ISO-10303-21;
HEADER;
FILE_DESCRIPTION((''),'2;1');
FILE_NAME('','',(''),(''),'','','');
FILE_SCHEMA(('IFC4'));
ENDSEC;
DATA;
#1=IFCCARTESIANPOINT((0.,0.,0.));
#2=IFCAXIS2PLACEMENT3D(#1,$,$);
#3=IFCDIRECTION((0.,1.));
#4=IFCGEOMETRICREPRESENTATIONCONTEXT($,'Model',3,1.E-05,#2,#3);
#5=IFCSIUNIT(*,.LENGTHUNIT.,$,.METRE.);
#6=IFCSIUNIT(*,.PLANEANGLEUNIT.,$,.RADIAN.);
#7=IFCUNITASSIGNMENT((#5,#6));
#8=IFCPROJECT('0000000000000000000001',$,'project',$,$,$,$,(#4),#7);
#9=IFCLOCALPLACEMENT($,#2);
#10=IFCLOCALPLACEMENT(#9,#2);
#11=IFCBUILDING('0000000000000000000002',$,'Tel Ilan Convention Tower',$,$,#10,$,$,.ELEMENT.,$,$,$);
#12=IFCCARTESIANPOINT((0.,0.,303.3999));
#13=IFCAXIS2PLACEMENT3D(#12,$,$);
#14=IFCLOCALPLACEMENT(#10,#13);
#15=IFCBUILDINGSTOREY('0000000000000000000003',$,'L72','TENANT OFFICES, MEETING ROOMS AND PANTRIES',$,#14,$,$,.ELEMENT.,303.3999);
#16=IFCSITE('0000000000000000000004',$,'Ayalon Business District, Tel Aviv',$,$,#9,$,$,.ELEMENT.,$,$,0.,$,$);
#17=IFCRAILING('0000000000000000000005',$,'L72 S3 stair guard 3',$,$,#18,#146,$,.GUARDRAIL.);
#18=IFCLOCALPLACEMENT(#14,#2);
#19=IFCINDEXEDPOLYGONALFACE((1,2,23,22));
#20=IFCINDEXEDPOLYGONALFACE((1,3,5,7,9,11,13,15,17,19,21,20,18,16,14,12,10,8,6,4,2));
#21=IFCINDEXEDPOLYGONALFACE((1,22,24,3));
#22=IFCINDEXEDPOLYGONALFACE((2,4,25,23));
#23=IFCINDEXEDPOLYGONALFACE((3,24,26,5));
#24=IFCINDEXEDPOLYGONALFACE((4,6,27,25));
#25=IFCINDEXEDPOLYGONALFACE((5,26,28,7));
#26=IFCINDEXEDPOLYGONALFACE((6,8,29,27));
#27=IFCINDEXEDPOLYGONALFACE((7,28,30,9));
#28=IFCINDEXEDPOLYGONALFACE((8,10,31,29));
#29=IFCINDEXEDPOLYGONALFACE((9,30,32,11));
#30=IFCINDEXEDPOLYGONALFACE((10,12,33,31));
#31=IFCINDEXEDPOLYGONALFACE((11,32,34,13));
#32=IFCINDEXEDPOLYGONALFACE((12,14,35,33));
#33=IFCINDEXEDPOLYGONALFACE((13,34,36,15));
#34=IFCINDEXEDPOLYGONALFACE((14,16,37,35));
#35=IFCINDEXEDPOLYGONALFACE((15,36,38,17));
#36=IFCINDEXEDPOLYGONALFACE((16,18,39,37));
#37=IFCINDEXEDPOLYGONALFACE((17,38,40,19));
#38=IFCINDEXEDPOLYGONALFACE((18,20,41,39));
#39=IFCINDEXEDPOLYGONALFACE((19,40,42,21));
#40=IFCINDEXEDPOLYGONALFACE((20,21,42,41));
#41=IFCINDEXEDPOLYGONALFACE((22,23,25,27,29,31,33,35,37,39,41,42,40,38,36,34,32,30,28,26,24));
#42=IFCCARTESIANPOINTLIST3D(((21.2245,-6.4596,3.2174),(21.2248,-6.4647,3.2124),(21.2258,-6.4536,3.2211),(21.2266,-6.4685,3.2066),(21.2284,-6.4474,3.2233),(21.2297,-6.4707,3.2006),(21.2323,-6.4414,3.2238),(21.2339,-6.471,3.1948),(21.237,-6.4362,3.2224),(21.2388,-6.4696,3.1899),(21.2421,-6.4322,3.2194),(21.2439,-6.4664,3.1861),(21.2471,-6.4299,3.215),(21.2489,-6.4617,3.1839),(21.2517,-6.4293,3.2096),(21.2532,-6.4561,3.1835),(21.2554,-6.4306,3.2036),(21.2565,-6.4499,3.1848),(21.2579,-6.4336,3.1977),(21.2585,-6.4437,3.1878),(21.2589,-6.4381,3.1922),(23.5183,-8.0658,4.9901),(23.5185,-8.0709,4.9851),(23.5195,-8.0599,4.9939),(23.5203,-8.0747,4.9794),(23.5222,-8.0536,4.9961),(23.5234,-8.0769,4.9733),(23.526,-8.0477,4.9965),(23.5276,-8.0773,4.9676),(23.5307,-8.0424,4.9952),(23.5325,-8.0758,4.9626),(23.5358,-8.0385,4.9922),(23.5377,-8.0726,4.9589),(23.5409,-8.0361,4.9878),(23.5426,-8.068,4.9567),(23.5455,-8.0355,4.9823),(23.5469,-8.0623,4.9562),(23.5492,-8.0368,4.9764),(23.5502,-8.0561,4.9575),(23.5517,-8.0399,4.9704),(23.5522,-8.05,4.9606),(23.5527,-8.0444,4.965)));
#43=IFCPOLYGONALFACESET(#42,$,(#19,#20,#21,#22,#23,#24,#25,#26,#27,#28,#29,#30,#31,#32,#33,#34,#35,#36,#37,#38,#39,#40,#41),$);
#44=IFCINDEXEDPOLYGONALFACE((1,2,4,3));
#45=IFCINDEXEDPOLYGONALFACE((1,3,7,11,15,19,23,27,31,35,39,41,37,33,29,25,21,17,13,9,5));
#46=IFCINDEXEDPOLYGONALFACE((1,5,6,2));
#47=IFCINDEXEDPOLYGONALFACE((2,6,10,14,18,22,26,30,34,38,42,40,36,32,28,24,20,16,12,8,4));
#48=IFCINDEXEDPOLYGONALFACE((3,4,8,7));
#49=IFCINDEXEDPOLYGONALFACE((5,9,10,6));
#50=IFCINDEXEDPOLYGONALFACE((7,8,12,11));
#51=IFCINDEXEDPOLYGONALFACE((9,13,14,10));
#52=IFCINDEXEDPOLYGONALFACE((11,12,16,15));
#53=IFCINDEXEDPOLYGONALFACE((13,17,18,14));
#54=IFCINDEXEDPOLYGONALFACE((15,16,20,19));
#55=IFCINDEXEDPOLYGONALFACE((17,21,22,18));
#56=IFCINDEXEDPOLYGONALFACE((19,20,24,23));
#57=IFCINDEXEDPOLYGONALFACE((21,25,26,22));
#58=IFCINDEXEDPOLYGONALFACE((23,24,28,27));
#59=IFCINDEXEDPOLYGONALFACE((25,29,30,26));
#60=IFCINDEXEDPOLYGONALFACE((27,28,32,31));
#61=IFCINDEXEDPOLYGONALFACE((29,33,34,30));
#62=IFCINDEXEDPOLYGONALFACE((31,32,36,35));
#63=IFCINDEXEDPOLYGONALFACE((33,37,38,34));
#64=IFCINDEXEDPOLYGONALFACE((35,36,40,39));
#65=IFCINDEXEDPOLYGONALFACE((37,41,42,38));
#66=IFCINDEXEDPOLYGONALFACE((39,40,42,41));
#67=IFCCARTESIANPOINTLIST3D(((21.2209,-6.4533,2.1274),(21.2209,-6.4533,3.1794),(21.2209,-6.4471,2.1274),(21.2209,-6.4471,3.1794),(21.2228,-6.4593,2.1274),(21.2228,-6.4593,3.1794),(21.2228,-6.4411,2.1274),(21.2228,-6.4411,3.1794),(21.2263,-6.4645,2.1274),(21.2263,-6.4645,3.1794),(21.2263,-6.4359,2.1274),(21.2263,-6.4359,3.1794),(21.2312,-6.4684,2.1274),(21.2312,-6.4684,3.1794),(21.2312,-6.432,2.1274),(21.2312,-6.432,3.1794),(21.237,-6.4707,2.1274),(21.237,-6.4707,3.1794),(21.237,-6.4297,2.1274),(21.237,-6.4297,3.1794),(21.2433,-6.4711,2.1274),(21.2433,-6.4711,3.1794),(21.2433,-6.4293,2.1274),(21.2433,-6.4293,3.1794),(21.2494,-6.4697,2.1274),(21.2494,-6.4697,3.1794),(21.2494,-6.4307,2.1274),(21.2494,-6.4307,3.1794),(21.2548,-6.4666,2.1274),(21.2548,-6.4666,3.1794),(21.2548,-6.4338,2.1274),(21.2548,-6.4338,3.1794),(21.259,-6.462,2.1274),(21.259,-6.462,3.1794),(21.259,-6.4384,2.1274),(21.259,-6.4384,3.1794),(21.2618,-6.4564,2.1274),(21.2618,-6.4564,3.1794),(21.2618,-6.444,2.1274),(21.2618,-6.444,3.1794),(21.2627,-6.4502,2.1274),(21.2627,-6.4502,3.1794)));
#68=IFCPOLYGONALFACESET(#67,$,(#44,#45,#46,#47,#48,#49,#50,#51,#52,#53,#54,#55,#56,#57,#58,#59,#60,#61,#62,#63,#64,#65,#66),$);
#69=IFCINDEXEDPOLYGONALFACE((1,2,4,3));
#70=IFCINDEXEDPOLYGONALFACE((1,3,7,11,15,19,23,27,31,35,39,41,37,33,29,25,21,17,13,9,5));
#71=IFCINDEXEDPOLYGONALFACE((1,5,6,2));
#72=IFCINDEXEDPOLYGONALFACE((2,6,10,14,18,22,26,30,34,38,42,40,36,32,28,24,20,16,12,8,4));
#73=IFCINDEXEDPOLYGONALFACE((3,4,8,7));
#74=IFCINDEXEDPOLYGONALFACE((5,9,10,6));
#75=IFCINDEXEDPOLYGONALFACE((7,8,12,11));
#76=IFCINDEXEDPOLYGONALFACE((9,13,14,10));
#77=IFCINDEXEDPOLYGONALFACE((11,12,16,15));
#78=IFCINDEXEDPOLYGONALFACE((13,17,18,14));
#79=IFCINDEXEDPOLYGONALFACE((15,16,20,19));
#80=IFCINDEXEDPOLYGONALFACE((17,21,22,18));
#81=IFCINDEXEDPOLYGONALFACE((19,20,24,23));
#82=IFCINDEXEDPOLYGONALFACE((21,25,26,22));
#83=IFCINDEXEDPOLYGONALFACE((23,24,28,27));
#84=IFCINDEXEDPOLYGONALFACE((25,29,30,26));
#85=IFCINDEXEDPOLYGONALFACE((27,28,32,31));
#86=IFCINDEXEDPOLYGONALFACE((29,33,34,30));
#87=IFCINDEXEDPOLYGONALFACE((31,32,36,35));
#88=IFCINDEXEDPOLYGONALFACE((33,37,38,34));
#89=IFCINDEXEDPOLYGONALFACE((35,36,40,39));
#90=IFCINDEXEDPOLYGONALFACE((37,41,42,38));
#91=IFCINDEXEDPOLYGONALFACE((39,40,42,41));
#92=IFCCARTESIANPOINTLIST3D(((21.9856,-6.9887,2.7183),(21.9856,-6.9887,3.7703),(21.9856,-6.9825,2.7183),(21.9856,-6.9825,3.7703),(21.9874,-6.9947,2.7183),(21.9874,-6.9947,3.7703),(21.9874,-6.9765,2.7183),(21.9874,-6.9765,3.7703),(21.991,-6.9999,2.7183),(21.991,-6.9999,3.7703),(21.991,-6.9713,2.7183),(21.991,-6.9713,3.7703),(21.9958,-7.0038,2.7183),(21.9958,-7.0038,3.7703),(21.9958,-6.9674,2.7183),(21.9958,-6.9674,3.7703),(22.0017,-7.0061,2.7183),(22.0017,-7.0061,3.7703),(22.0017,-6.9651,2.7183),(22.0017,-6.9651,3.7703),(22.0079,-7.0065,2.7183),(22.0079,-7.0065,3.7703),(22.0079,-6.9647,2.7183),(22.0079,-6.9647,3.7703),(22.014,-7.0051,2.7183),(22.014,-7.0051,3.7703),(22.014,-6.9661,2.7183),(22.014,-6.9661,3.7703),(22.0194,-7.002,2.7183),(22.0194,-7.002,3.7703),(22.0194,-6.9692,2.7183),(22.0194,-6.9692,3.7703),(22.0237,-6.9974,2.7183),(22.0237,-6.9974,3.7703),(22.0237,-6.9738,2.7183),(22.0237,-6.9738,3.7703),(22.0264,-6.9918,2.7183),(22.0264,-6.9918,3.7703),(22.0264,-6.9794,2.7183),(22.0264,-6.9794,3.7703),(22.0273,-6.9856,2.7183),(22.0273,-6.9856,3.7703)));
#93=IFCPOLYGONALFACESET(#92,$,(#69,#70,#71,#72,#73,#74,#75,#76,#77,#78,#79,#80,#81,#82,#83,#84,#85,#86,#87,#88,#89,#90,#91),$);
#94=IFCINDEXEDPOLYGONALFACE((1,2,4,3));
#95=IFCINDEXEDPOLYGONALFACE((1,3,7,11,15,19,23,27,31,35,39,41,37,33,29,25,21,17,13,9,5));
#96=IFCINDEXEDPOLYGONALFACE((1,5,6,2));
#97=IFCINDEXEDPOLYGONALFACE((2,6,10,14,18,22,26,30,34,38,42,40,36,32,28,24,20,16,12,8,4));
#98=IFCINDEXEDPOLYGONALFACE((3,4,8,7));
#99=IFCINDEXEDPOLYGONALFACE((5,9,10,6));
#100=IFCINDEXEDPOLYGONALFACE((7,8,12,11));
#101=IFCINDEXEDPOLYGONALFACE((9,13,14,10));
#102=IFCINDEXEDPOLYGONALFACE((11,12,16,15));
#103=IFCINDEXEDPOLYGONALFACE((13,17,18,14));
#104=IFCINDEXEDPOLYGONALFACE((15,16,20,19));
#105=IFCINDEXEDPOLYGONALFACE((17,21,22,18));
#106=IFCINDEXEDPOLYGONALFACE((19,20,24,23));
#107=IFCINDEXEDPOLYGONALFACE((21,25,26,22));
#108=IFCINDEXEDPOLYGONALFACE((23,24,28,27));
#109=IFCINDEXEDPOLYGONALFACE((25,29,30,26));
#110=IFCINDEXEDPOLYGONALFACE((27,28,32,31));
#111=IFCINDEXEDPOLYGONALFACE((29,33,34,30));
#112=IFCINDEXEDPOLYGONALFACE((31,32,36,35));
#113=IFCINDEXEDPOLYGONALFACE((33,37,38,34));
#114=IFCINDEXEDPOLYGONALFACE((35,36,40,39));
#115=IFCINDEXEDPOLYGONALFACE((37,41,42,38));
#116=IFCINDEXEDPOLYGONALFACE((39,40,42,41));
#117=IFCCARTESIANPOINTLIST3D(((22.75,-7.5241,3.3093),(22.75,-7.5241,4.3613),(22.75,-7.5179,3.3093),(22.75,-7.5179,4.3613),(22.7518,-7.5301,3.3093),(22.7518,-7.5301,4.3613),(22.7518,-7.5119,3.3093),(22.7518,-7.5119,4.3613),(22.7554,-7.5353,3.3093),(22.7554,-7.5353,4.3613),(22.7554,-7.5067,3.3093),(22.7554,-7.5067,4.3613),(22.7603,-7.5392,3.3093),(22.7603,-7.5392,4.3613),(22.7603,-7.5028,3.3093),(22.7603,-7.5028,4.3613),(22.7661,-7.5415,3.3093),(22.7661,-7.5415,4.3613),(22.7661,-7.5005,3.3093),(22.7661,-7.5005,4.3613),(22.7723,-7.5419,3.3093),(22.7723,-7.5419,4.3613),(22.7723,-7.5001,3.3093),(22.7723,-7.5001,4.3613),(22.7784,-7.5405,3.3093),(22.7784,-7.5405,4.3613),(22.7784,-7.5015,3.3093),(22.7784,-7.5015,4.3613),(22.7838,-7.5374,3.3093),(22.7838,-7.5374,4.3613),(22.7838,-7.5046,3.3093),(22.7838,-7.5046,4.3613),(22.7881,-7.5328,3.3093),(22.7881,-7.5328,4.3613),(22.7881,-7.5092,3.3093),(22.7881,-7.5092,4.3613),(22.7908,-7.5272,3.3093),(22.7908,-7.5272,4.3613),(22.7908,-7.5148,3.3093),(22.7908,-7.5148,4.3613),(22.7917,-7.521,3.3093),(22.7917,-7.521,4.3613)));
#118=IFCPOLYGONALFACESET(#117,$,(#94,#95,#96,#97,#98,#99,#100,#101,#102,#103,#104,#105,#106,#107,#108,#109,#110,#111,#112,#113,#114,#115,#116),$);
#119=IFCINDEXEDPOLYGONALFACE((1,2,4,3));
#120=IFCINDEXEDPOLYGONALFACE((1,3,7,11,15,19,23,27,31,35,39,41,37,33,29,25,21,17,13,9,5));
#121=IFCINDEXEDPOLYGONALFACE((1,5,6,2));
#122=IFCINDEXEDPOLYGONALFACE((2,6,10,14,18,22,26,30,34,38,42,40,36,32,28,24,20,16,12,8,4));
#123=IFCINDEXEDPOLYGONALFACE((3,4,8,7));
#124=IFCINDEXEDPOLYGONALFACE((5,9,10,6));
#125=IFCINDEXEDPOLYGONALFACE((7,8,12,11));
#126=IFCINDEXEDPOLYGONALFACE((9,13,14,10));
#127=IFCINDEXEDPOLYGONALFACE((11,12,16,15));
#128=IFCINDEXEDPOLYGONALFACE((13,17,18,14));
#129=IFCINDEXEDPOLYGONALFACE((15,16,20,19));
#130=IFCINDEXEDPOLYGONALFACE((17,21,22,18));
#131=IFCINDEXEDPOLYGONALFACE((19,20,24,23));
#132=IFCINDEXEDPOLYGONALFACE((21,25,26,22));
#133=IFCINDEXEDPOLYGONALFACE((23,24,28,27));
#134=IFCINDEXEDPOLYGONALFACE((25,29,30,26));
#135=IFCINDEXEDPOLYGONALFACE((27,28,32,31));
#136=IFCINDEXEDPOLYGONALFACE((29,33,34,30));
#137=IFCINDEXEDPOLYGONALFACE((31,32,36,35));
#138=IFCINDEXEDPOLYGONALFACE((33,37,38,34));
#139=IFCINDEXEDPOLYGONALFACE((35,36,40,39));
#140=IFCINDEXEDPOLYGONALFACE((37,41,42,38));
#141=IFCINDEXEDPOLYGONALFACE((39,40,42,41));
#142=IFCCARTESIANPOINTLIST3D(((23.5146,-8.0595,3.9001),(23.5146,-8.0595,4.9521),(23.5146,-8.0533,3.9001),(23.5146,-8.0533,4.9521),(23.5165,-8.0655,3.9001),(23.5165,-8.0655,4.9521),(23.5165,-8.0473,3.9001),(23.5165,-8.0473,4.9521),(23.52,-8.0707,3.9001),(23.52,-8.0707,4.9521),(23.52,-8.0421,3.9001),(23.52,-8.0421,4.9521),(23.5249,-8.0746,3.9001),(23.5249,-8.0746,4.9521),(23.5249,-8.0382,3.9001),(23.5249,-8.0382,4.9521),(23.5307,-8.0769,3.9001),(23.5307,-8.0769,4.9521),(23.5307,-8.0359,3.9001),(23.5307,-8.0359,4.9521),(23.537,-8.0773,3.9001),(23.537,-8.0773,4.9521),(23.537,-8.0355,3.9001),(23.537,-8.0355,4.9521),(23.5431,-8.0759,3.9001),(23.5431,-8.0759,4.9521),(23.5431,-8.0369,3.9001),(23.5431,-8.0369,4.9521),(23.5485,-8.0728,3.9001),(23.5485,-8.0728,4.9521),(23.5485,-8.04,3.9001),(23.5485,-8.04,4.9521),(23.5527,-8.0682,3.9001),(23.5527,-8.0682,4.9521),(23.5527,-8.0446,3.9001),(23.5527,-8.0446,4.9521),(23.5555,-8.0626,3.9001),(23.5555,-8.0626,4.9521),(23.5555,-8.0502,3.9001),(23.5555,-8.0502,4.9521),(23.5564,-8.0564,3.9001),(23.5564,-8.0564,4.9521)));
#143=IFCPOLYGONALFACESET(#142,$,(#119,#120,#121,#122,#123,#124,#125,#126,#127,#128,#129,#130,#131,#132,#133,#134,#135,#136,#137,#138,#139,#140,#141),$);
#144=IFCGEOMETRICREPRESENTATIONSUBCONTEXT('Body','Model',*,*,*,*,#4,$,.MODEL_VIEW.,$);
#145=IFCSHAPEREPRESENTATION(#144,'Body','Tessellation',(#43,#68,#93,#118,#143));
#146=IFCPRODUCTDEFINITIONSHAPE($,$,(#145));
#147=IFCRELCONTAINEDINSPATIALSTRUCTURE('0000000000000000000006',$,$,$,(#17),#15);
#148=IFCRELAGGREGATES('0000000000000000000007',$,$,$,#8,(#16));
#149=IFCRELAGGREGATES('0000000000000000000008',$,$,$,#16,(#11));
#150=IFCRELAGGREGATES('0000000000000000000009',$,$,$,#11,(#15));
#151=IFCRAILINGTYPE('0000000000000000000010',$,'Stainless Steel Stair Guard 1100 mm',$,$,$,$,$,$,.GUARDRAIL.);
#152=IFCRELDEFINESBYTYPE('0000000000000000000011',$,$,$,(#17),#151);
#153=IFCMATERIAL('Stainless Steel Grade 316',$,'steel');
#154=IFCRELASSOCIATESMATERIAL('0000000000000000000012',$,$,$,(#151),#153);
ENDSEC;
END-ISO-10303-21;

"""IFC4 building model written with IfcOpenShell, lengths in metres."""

from ifc_helpers import new_model, si_unit, direction, frame, origin, origin_2d, place, context, subcontext, project, spatial, circle, extrude, material, type_object, element, save


model = new_model("IFC4")

# Units and contexts
model_context = context("Model", 3, precision=1e-05, world=origin(), true_north=direction((0.0, 1.0)))
body_context = subcontext(model_context, "Body", "Model", "MODEL_VIEW")
ifc_project = project(units=[si_unit("LENGTHUNIT", "METRE"), si_unit("PLANEANGLEUNIT", "RADIAN")], contexts=[model_context])

# Site, building, storey
site_placement = place(None, origin())
site = spatial("IfcSite", under=ifc_project, at=site_placement, Name="Ayalon Business District, Tel Aviv", CompositionType="ELEMENT", RefElevation=0.0)
building_placement = place(site_placement, origin())
building = spatial("IfcBuilding", under=site, at=building_placement, Name="Tel Ilan Convention Tower", CompositionType="ELEMENT")
storey_placement = place(building_placement, frame((0.0, 0.0, 303.3999)))
storey = spatial("IfcBuildingStorey", under=building, at=storey_placement, Name="L72", Description="TENANT OFFICES, MEETING ROOMS AND PANTRIES", CompositionType="ELEMENT", Elevation=303.3999)

# Railing
ifc_material_1 = material(Name="Stainless Steel Grade 316", Category="steel")
railing_type_1 = type_object("IfcRailingType", Name="Stainless Steel Stair Guard 1100 mm", PredefinedType="GUARDRAIL", material=ifc_material_1)
railing_1_placement = place(storey_placement, frame((21.2417, -6.4502, 2.1274)))
element("IfcRailing", 1, at=railing_1_placement, inside=storey, type_object=railing_type_1, Name="L72 S3 stair guard 3", PredefinedType="GUARDRAIL", context=body_context, shape_type="SweptSolid", body=[
    extrude(circle(Radius=0.0239, at=origin_2d()), frame((0.0, 0.0, 1.0762), z_axis=(0.692098, -0.484653, 0.534894), x_axis=(0.573609, 0.81913, 0.0)), (0.0, 0.0, 1.0), 3.3142),
    extrude(circle(Radius=0.021, at=origin_2d()), origin(), (0.0, 0.0, 1.0), 1.052),
    extrude(circle(Radius=0.021, at=origin_2d()), frame((0.7646, -0.5354, 0.5908)), (0.0, 0.0, 1.0), 1.052),
    extrude(circle(Radius=0.021, at=origin_2d()), frame((1.5291, -1.0708, 1.1819)), (0.0, 0.0, 1.0), 1.052),
    extrude(circle(Radius=0.021, at=origin_2d()), frame((2.2937, -1.6062, 1.7727)), (0.0, 0.0, 1.0), 1.052),
])

save(model, "model.ifc")
